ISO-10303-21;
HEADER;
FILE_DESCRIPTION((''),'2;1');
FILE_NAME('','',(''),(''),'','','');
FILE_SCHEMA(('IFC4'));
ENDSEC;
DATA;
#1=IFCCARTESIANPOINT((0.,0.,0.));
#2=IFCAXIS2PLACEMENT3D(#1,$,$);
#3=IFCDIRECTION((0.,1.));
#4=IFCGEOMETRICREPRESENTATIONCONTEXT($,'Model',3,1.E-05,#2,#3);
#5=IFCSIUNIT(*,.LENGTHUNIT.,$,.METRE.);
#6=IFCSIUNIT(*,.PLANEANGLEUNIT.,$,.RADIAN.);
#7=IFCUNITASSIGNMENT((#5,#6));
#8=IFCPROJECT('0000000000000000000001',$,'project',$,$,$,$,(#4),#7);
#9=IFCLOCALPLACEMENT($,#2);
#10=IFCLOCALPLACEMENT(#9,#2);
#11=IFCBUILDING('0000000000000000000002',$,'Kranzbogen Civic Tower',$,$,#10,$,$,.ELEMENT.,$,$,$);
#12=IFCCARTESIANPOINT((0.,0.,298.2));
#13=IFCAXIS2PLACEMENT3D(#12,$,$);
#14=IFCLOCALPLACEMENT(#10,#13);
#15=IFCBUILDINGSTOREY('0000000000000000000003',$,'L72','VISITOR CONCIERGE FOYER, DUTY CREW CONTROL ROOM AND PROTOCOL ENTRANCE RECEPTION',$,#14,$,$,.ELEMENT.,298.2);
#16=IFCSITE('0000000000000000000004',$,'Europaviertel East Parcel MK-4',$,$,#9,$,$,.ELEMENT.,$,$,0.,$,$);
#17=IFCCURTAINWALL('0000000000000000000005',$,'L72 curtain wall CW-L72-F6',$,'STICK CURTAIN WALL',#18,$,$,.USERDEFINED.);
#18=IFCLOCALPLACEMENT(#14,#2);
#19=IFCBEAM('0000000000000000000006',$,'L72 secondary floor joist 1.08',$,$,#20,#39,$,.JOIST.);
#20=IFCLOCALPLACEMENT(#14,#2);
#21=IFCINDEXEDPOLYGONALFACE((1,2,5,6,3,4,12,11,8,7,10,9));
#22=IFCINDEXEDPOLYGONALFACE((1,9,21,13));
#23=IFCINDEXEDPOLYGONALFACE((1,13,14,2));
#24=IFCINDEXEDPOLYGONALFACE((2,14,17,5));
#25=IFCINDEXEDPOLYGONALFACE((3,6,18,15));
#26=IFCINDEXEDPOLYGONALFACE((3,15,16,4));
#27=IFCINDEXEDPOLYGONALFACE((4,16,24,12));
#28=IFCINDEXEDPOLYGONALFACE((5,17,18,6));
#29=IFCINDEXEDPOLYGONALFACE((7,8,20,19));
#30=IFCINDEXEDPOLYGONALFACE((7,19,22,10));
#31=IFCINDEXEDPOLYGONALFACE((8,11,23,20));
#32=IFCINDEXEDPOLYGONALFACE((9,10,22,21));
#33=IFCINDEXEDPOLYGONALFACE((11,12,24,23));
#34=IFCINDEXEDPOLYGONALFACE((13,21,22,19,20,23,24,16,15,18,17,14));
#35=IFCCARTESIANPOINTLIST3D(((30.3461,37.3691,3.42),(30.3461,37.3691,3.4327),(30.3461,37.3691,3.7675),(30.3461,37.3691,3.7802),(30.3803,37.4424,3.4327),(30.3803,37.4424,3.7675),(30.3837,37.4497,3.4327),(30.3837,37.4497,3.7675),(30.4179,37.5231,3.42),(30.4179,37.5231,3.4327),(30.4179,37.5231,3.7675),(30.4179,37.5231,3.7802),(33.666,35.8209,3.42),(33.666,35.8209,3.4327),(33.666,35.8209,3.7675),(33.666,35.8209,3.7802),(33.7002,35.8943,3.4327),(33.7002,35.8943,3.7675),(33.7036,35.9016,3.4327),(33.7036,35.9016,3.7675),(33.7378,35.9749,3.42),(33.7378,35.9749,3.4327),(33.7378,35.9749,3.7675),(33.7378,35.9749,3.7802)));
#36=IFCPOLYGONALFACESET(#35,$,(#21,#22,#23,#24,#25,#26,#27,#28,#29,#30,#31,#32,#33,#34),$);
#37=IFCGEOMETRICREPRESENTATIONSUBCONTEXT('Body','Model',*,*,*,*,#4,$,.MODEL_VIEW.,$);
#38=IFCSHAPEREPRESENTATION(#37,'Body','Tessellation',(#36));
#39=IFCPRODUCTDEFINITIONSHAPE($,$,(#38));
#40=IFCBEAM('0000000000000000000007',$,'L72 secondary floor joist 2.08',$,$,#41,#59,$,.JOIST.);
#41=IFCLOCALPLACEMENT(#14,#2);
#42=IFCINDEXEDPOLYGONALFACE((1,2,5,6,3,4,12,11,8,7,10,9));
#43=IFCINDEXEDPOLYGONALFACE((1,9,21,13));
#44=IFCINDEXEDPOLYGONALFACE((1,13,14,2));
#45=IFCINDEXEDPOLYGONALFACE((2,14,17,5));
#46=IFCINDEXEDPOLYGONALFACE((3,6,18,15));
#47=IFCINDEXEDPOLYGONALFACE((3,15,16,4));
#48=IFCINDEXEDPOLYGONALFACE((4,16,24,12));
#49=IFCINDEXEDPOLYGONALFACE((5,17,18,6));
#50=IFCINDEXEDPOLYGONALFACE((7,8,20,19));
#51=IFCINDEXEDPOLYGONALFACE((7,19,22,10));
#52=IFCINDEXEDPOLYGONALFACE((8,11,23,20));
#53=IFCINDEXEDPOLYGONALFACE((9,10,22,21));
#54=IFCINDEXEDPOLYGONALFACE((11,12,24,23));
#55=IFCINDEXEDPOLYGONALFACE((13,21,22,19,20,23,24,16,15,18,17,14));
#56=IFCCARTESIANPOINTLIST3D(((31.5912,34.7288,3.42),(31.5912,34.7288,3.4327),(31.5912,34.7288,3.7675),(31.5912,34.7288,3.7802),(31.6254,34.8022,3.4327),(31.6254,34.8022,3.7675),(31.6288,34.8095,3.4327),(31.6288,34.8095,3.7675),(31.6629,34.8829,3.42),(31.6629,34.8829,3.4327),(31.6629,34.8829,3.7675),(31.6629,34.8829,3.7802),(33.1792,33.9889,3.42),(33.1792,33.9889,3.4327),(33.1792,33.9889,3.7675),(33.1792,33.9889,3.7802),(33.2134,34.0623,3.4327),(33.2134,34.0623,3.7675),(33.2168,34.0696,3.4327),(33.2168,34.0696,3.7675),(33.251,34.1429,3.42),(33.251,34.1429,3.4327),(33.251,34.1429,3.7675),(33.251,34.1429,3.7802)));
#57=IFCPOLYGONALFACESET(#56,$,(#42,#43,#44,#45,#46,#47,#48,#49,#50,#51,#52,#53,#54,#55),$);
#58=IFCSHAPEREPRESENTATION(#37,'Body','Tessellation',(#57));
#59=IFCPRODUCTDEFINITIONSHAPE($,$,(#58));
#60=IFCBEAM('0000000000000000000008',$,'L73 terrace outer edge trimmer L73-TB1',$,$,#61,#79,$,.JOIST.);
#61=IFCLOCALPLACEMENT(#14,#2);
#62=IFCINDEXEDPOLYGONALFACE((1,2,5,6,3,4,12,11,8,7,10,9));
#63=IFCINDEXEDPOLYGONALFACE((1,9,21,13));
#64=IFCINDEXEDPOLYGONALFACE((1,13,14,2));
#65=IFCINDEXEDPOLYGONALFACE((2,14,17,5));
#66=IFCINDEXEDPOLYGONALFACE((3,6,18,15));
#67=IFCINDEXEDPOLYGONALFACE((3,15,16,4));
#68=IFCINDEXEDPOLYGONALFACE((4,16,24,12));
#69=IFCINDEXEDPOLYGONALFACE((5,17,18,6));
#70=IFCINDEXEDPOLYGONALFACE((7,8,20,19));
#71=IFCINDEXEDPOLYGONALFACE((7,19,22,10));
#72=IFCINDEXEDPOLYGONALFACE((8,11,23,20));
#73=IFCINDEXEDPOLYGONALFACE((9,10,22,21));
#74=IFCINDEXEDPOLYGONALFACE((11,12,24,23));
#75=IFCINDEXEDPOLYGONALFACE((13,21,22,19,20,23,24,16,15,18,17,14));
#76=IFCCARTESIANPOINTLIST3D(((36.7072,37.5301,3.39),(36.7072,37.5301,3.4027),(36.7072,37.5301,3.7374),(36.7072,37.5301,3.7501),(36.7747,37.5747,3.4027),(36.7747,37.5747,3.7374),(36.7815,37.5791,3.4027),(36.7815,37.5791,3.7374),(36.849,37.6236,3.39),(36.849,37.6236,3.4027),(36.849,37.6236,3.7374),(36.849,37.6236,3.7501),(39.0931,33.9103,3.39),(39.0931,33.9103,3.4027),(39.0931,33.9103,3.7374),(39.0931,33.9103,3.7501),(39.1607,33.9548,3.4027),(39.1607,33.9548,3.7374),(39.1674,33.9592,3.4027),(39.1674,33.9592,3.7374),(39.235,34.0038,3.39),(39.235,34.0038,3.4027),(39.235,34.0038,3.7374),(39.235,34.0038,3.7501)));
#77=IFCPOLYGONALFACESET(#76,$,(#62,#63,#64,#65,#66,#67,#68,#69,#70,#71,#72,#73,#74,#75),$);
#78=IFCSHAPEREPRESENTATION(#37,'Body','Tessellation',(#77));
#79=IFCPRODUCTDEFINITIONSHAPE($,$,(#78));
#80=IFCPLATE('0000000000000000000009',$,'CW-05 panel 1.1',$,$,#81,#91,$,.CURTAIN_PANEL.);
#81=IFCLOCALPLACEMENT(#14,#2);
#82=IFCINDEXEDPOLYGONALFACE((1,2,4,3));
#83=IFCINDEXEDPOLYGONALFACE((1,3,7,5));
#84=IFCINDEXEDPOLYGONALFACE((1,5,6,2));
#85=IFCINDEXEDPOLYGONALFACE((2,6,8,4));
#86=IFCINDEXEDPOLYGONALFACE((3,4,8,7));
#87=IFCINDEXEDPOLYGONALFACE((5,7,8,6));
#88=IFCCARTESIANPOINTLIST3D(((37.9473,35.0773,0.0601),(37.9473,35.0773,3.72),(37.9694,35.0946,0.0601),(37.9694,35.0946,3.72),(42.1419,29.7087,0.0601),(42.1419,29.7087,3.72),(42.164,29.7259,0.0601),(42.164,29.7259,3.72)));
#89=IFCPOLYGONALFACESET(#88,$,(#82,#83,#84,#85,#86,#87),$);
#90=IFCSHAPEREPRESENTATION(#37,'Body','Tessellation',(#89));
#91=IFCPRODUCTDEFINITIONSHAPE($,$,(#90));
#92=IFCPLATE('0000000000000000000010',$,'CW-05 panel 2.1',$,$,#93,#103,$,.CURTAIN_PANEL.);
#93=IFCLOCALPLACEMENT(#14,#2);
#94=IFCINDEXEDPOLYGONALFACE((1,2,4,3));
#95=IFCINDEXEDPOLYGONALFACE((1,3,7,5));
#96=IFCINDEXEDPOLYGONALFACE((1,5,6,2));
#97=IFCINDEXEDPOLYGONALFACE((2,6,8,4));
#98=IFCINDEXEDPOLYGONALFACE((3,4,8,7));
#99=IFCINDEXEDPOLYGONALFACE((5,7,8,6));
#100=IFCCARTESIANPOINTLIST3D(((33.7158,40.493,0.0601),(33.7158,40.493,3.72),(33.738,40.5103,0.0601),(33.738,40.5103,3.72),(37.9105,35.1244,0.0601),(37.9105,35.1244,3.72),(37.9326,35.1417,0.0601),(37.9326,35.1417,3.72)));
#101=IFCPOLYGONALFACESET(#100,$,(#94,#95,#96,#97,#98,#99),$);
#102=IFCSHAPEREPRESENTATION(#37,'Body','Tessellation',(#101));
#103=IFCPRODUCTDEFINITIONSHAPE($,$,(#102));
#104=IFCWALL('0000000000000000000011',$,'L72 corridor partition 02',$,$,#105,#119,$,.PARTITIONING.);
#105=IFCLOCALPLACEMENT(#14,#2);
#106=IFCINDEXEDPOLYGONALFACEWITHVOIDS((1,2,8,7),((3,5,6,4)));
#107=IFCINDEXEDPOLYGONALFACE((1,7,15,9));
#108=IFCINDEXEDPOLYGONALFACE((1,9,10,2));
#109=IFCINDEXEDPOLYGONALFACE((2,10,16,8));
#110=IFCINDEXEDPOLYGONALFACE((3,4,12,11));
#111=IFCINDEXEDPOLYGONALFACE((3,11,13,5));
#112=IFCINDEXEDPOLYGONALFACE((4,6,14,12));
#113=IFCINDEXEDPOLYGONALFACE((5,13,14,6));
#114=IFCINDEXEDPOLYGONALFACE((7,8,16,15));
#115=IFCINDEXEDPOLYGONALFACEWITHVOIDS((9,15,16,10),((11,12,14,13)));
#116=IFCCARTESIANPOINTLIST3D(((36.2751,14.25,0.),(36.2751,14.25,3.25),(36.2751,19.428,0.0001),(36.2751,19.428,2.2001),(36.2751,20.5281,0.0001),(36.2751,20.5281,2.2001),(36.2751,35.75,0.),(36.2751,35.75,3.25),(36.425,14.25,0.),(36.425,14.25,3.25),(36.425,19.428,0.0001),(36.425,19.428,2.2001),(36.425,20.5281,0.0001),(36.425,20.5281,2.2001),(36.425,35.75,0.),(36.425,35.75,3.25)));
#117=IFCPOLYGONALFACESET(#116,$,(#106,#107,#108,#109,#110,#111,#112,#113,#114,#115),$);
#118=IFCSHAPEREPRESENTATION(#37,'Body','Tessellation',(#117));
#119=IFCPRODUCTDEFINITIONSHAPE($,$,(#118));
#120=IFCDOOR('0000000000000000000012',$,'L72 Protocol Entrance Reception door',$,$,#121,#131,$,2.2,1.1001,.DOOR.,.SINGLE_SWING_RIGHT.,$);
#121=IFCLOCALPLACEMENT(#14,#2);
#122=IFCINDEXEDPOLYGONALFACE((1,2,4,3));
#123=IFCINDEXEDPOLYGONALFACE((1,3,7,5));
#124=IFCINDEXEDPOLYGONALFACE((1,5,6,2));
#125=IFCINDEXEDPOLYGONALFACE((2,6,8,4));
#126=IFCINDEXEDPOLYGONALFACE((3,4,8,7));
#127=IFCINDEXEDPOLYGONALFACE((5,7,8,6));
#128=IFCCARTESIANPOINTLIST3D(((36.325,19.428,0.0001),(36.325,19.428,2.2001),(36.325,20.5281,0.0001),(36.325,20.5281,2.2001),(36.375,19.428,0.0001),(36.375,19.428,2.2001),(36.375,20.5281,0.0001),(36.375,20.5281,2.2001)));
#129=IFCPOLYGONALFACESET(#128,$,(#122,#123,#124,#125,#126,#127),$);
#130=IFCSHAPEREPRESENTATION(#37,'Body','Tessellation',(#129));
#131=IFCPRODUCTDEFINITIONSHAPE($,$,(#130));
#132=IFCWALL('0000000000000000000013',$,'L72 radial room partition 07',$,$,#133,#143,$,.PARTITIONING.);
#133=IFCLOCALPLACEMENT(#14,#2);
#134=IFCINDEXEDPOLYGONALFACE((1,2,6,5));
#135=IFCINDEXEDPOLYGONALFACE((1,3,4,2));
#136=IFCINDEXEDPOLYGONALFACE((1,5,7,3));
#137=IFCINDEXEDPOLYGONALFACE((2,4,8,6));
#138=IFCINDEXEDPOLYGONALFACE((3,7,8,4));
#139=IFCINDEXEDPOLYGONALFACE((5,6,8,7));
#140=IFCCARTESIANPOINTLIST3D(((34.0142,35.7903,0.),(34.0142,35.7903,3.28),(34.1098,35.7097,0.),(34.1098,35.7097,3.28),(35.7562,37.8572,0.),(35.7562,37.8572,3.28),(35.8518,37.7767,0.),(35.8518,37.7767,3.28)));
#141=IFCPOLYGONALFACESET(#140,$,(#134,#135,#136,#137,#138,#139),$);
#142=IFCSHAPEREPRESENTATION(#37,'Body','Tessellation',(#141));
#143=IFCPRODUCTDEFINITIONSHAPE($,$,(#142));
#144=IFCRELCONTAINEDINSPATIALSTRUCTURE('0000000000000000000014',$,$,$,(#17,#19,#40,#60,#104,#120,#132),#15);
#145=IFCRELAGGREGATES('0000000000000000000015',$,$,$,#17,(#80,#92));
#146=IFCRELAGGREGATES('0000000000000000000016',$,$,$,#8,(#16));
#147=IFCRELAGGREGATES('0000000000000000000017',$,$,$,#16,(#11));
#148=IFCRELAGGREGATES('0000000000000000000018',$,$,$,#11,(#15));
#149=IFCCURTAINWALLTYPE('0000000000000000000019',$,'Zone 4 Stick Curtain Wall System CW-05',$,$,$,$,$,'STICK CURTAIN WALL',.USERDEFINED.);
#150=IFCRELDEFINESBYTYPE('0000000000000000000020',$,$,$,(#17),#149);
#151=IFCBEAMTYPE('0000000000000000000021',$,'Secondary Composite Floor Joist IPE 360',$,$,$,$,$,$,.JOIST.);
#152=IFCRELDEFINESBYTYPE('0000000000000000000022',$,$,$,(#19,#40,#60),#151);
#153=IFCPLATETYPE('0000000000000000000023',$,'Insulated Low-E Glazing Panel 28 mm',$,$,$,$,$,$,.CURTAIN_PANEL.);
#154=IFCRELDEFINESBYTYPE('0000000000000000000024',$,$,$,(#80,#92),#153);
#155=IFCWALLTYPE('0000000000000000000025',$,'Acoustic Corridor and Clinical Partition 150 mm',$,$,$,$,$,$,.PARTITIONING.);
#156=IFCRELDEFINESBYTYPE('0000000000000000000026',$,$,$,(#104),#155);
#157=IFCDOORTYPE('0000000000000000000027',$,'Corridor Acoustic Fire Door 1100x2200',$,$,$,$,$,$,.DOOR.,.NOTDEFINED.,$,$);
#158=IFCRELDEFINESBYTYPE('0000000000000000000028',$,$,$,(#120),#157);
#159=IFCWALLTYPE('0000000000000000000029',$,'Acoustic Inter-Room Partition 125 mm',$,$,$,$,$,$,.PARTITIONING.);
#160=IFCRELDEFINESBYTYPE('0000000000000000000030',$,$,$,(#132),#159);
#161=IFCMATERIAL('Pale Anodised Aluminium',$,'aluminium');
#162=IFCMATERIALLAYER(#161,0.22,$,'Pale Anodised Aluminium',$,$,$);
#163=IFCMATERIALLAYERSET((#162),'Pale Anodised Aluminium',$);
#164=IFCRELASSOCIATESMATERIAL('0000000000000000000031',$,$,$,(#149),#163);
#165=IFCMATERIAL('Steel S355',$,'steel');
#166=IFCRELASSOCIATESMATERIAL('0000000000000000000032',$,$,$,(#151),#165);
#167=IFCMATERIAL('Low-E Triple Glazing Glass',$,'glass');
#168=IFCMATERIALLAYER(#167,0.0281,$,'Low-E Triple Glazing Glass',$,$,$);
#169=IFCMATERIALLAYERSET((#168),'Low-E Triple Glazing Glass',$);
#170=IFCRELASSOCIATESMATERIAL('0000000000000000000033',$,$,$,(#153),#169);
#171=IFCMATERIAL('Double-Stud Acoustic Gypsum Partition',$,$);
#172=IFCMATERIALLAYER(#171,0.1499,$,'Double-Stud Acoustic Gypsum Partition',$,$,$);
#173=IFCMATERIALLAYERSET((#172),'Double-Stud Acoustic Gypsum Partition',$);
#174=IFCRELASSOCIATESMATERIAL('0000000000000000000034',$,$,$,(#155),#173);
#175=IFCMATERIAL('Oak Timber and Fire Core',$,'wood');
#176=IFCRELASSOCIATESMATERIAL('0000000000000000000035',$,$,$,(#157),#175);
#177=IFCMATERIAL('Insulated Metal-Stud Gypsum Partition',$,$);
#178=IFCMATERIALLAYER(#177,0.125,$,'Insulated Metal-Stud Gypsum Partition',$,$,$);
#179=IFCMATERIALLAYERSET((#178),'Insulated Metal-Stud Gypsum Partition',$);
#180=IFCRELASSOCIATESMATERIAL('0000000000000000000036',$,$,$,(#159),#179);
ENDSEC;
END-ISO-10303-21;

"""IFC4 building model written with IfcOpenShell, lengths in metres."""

from ifc_helpers import new_model, si_unit, direction, frame, frame_2d, origin, origin_2d, place, context, subcontext, project, spatial, rectangle, i_section, extrude, material, layer, layer_set, material_profile, profile_set, type_object, element, fill, aggregate, save


model = new_model("IFC4")

# Units and contexts
model_context = context("Model", 3, precision=1e-05, world=origin(), true_north=direction((0.0, 1.0)))
body_context = subcontext(model_context, "Body", "Model", "MODEL_VIEW")
ifc_project = project(units=[si_unit("LENGTHUNIT", "METRE"), si_unit("PLANEANGLEUNIT", "RADIAN")], contexts=[model_context])

# Site, building, storey
site_placement = place(None, origin())
site = spatial("IfcSite", under=ifc_project, at=site_placement, Name="Europaviertel East Parcel MK-4", CompositionType="ELEMENT", RefElevation=0.0)
building_placement = place(site_placement, origin())
building = spatial("IfcBuilding", under=site, at=building_placement, Name="Kranzbogen Civic Tower", CompositionType="ELEMENT")
storey_placement = place(building_placement, frame((0.0, 0.0, 298.2)))
storey = spatial("IfcBuildingStorey", under=building, at=storey_placement, Name="L72", Description="VISITOR CONCIERGE FOYER, DUTY CREW CONTROL ROOM AND PROTOCOL ENTRANCE RECEPTION", CompositionType="ELEMENT", Elevation=298.2)

# Shared definitions
ifc_material_1 = material(Name="Steel S355", Category="steel")

# Shared definitions
ifc_material_2 = material(Name="Pale Anodised Aluminium", Category="aluminium")
ifc_layer_1 = layer(ifc_material_2, 0.22, Name="Pale Anodised Aluminium")
ifc_layer_set_1 = layer_set([ifc_layer_1], Name="Pale Anodised Aluminium")
curtain_wall_type = type_object("IfcCurtainWallType", Name="Zone 4 Stick Curtain Wall System CW-05", ElementType="STICK CURTAIN WALL", PredefinedType="USERDEFINED", material=ifc_layer_set_1)

# Curtain wall
curtain_wall_1_placement = place(storey_placement, origin())
curtain_wall_1 = element("IfcCurtainWall", 1, at=curtain_wall_1_placement, inside=storey, type_object=curtain_wall_type, Name="L72 curtain wall CW-L72-F6", ObjectType="STICK CURTAIN WALL", PredefinedType="USERDEFINED")

# Beams
ifc_material_profile_1 = material_profile(ifc_material_1, i_section(OverallWidth=0.1699, OverallDepth=0.3601, WebThickness=0.0081, FlangeThickness=0.0127, at=origin_2d()), Name="IPE 360")
ifc_profile_set_1 = profile_set([ifc_material_profile_1], Name="Steel S355")
beam_type_1 = type_object("IfcBeamType", Name="Secondary Composite Floor Joist IPE 360", PredefinedType="JOIST", material=ifc_profile_set_1)
beam_1_placement = place(storey_placement, frame((33.7019, 35.8979, 3.6001), z_axis=(-0.906304, 0.422626, 0.0), x_axis=(-0.422626, -0.906304, 0.0)))
element("IfcBeam", 2, at=beam_1_placement, inside=storey, type_object=beam_type_1, Name="L72 secondary floor joist 1.08", PredefinedType="JOIST", context=body_context, shape_type="SweptSolid", body=[
    extrude(i_section(OverallWidth=0.1699, OverallDepth=0.3601, WebThickness=0.0081, FlangeThickness=0.0127, at=origin_2d()), origin(), (0.0, 0.0, 1.0), 3.6631),
])
beam_2_placement = place(storey_placement, frame((33.2151, 34.0659, 3.6001), z_axis=(-0.906432, 0.422351, 0.0), x_axis=(-0.422351, -0.906432, 0.0)))
element("IfcBeam", 3, at=beam_2_placement, inside=storey, type_object=beam_type_1, Name="L72 secondary floor joist 2.08", PredefinedType="JOIST", context=body_context, shape_type="SweptSolid", body=[
    extrude(i_section(OverallWidth=0.1699, OverallDepth=0.3601, WebThickness=0.0081, FlangeThickness=0.0127, at=origin_2d()), origin(), (0.0, 0.0, 1.0), 1.752),
])
beam_3_placement = place(storey_placement, frame((39.1641, 33.957, 3.5701), z_axis=(-0.550339, 0.834941, 0.0), x_axis=(-0.834941, -0.550339, 0.0)))
element("IfcBeam", 4, at=beam_3_placement, inside=storey, type_object=beam_type_1, Name="L73 terrace outer edge trimmer L73-TB1", PredefinedType="JOIST", context=body_context, shape_type="SweptSolid", body=[
    extrude(i_section(OverallWidth=0.1699, OverallDepth=0.3601, WebThickness=0.0081, FlangeThickness=0.0127, at=origin_2d()), origin(), (0.0, 0.0, 1.0), 4.3354),
])

# Plates
ifc_material_3 = material(Name="Low-E Triple Glazing Glass", Category="glass")
ifc_layer_2 = layer(ifc_material_3, 0.0281, Name="Low-E Triple Glazing Glass")
ifc_layer_set_2 = layer_set([ifc_layer_2], Name="Low-E Triple Glazing Glass")
plate_type = type_object("IfcPlateType", Name="Insulated Low-E Glazing Panel 28 mm", PredefinedType="CURTAIN_PANEL", material=ifc_layer_set_2)
plate_1_placement = place(storey_placement, frame((40.0557, 32.4016, 0.0601), z_axis=(0.0, 0.0, 1.0), x_axis=(-0.615679, 0.787997, 0.0)))
plate_1 = element("IfcPlate", 5, at=plate_1_placement, type_object=plate_type, Name="CW-05 panel 1.1", PredefinedType="CURTAIN_PANEL", context=body_context, shape_type="SweptSolid", body=[
    extrude(rectangle(XDim=6.813, YDim=0.0281, at=origin_2d()), origin(), (0.0, 0.0, 1.0), 3.6599),
])
plate_2_placement = place(storey_placement, frame((35.8242, 37.8174, 0.0601), z_axis=(0.0, 0.0, 1.0), x_axis=(-0.615679, 0.787997, 0.0)))
plate_2 = element("IfcPlate", 6, at=plate_2_placement, type_object=plate_type, Name="CW-05 panel 2.1", PredefinedType="CURTAIN_PANEL", context=body_context, shape_type="SweptSolid", body=[
    extrude(rectangle(XDim=6.813, YDim=0.0281, at=origin_2d()), origin(), (0.0, 0.0, 1.0), 3.6599),
])
aggregate(curtain_wall_1, [plate_1, plate_2])

# Wall, opening, door
ifc_material_4 = material(Name="Double-Stud Acoustic Gypsum Partition")
ifc_layer_3 = layer(ifc_material_4, 0.1499, Name="Double-Stud Acoustic Gypsum Partition")
ifc_layer_set_3 = layer_set([ifc_layer_3], Name="Double-Stud Acoustic Gypsum Partition")
wall_type_1 = type_object("IfcWallType", Name="Acoustic Corridor and Clinical Partition 150 mm", PredefinedType="PARTITIONING", material=ifc_layer_set_3)
wall_1_placement = place(storey_placement, frame((36.3501, 35.75, 0.0), z_axis=(0.0, 0.0, 1.0), x_axis=(0.0, -1.0, 0.0)))
wall_1 = element("IfcWall", 7, at=wall_1_placement, inside=storey, type_object=wall_type_1, Name="L72 corridor partition 02", PredefinedType="PARTITIONING", context=body_context, shape_type="SweptSolid", body=[
    extrude(rectangle(XDim=21.5, YDim=0.1499, at=frame_2d((10.75, 0.0))), origin(), (0.0, 0.0, 1.0), 3.25),
])
opening_1_placement = place(wall_1_placement, frame((15.2219, 0.0, 0.0)))
opening_1 = element("IfcOpeningElement", 8, at=opening_1_placement, cuts=wall_1, PredefinedType="OPENING", context=body_context, shape_type="SweptSolid", body=[
    extrude(rectangle(XDim=1.1001, YDim=2.2, at=frame_2d((0.55, 1.1001))), frame((0.0, 0.085, 0.0), z_axis=(0.0, -1.0, 0.0), x_axis=(1.0, 0.0, 0.0)), (0.0, 0.0, 1.0), 0.1699),
])
ifc_material_5 = material(Name="Oak Timber and Fire Core", Category="wood")
door_type_1 = type_object("IfcDoorType", Name="Corridor Acoustic Fire Door 1100x2200", OperationType="NOTDEFINED", PredefinedType="DOOR", material=ifc_material_5)
door_1_placement = place(opening_1_placement, origin())
door_1 = element("IfcDoor", 9, at=door_1_placement, inside=storey, type_object=door_type_1, Name="L72 Protocol Entrance Reception door", OperationType="SINGLE_SWING_RIGHT", OverallHeight=2.2, OverallWidth=1.1001, PredefinedType="DOOR", context=body_context, shape_type="SweptSolid", body=[
    extrude(rectangle(XDim=1.1001, YDim=2.2, at=frame_2d((0.55, 1.1001))), frame((0.0, 0.0249, 0.0), z_axis=(0.0, -1.0, 0.0), x_axis=(1.0, 0.0, 0.0)), (0.0, 0.0, 1.0), 0.05),
])
fill(opening_1, door_1)

# Wall
ifc_material_6 = material(Name="Insulated Metal-Stud Gypsum Partition")
ifc_layer_4 = layer(ifc_material_6, 0.125, Name="Insulated Metal-Stud Gypsum Partition")
ifc_layer_set_4 = layer_set([ifc_layer_4], Name="Insulated Metal-Stud Gypsum Partition")
wall_type_2 = type_object("IfcWallType", Name="Acoustic Inter-Room Partition 125 mm", PredefinedType="PARTITIONING", material=ifc_layer_set_4)
wall_2_placement = place(storey_placement, frame((34.062, 35.75, 0.0), z_axis=(0.0, 0.0, 1.0), x_axis=(0.644439, 0.764656, 0.0)))
element("IfcWall", 10, at=wall_2_placement, inside=storey, type_object=wall_type_2, Name="L72 radial room partition 07", PredefinedType="PARTITIONING", context=body_context, shape_type="SweptSolid", body=[
    extrude(rectangle(XDim=2.7031, YDim=0.125, at=frame_2d((1.3516, 0.0))), origin(), (0.0, 0.0, 1.0), 3.28),
])

save(model, "model.ifc")
